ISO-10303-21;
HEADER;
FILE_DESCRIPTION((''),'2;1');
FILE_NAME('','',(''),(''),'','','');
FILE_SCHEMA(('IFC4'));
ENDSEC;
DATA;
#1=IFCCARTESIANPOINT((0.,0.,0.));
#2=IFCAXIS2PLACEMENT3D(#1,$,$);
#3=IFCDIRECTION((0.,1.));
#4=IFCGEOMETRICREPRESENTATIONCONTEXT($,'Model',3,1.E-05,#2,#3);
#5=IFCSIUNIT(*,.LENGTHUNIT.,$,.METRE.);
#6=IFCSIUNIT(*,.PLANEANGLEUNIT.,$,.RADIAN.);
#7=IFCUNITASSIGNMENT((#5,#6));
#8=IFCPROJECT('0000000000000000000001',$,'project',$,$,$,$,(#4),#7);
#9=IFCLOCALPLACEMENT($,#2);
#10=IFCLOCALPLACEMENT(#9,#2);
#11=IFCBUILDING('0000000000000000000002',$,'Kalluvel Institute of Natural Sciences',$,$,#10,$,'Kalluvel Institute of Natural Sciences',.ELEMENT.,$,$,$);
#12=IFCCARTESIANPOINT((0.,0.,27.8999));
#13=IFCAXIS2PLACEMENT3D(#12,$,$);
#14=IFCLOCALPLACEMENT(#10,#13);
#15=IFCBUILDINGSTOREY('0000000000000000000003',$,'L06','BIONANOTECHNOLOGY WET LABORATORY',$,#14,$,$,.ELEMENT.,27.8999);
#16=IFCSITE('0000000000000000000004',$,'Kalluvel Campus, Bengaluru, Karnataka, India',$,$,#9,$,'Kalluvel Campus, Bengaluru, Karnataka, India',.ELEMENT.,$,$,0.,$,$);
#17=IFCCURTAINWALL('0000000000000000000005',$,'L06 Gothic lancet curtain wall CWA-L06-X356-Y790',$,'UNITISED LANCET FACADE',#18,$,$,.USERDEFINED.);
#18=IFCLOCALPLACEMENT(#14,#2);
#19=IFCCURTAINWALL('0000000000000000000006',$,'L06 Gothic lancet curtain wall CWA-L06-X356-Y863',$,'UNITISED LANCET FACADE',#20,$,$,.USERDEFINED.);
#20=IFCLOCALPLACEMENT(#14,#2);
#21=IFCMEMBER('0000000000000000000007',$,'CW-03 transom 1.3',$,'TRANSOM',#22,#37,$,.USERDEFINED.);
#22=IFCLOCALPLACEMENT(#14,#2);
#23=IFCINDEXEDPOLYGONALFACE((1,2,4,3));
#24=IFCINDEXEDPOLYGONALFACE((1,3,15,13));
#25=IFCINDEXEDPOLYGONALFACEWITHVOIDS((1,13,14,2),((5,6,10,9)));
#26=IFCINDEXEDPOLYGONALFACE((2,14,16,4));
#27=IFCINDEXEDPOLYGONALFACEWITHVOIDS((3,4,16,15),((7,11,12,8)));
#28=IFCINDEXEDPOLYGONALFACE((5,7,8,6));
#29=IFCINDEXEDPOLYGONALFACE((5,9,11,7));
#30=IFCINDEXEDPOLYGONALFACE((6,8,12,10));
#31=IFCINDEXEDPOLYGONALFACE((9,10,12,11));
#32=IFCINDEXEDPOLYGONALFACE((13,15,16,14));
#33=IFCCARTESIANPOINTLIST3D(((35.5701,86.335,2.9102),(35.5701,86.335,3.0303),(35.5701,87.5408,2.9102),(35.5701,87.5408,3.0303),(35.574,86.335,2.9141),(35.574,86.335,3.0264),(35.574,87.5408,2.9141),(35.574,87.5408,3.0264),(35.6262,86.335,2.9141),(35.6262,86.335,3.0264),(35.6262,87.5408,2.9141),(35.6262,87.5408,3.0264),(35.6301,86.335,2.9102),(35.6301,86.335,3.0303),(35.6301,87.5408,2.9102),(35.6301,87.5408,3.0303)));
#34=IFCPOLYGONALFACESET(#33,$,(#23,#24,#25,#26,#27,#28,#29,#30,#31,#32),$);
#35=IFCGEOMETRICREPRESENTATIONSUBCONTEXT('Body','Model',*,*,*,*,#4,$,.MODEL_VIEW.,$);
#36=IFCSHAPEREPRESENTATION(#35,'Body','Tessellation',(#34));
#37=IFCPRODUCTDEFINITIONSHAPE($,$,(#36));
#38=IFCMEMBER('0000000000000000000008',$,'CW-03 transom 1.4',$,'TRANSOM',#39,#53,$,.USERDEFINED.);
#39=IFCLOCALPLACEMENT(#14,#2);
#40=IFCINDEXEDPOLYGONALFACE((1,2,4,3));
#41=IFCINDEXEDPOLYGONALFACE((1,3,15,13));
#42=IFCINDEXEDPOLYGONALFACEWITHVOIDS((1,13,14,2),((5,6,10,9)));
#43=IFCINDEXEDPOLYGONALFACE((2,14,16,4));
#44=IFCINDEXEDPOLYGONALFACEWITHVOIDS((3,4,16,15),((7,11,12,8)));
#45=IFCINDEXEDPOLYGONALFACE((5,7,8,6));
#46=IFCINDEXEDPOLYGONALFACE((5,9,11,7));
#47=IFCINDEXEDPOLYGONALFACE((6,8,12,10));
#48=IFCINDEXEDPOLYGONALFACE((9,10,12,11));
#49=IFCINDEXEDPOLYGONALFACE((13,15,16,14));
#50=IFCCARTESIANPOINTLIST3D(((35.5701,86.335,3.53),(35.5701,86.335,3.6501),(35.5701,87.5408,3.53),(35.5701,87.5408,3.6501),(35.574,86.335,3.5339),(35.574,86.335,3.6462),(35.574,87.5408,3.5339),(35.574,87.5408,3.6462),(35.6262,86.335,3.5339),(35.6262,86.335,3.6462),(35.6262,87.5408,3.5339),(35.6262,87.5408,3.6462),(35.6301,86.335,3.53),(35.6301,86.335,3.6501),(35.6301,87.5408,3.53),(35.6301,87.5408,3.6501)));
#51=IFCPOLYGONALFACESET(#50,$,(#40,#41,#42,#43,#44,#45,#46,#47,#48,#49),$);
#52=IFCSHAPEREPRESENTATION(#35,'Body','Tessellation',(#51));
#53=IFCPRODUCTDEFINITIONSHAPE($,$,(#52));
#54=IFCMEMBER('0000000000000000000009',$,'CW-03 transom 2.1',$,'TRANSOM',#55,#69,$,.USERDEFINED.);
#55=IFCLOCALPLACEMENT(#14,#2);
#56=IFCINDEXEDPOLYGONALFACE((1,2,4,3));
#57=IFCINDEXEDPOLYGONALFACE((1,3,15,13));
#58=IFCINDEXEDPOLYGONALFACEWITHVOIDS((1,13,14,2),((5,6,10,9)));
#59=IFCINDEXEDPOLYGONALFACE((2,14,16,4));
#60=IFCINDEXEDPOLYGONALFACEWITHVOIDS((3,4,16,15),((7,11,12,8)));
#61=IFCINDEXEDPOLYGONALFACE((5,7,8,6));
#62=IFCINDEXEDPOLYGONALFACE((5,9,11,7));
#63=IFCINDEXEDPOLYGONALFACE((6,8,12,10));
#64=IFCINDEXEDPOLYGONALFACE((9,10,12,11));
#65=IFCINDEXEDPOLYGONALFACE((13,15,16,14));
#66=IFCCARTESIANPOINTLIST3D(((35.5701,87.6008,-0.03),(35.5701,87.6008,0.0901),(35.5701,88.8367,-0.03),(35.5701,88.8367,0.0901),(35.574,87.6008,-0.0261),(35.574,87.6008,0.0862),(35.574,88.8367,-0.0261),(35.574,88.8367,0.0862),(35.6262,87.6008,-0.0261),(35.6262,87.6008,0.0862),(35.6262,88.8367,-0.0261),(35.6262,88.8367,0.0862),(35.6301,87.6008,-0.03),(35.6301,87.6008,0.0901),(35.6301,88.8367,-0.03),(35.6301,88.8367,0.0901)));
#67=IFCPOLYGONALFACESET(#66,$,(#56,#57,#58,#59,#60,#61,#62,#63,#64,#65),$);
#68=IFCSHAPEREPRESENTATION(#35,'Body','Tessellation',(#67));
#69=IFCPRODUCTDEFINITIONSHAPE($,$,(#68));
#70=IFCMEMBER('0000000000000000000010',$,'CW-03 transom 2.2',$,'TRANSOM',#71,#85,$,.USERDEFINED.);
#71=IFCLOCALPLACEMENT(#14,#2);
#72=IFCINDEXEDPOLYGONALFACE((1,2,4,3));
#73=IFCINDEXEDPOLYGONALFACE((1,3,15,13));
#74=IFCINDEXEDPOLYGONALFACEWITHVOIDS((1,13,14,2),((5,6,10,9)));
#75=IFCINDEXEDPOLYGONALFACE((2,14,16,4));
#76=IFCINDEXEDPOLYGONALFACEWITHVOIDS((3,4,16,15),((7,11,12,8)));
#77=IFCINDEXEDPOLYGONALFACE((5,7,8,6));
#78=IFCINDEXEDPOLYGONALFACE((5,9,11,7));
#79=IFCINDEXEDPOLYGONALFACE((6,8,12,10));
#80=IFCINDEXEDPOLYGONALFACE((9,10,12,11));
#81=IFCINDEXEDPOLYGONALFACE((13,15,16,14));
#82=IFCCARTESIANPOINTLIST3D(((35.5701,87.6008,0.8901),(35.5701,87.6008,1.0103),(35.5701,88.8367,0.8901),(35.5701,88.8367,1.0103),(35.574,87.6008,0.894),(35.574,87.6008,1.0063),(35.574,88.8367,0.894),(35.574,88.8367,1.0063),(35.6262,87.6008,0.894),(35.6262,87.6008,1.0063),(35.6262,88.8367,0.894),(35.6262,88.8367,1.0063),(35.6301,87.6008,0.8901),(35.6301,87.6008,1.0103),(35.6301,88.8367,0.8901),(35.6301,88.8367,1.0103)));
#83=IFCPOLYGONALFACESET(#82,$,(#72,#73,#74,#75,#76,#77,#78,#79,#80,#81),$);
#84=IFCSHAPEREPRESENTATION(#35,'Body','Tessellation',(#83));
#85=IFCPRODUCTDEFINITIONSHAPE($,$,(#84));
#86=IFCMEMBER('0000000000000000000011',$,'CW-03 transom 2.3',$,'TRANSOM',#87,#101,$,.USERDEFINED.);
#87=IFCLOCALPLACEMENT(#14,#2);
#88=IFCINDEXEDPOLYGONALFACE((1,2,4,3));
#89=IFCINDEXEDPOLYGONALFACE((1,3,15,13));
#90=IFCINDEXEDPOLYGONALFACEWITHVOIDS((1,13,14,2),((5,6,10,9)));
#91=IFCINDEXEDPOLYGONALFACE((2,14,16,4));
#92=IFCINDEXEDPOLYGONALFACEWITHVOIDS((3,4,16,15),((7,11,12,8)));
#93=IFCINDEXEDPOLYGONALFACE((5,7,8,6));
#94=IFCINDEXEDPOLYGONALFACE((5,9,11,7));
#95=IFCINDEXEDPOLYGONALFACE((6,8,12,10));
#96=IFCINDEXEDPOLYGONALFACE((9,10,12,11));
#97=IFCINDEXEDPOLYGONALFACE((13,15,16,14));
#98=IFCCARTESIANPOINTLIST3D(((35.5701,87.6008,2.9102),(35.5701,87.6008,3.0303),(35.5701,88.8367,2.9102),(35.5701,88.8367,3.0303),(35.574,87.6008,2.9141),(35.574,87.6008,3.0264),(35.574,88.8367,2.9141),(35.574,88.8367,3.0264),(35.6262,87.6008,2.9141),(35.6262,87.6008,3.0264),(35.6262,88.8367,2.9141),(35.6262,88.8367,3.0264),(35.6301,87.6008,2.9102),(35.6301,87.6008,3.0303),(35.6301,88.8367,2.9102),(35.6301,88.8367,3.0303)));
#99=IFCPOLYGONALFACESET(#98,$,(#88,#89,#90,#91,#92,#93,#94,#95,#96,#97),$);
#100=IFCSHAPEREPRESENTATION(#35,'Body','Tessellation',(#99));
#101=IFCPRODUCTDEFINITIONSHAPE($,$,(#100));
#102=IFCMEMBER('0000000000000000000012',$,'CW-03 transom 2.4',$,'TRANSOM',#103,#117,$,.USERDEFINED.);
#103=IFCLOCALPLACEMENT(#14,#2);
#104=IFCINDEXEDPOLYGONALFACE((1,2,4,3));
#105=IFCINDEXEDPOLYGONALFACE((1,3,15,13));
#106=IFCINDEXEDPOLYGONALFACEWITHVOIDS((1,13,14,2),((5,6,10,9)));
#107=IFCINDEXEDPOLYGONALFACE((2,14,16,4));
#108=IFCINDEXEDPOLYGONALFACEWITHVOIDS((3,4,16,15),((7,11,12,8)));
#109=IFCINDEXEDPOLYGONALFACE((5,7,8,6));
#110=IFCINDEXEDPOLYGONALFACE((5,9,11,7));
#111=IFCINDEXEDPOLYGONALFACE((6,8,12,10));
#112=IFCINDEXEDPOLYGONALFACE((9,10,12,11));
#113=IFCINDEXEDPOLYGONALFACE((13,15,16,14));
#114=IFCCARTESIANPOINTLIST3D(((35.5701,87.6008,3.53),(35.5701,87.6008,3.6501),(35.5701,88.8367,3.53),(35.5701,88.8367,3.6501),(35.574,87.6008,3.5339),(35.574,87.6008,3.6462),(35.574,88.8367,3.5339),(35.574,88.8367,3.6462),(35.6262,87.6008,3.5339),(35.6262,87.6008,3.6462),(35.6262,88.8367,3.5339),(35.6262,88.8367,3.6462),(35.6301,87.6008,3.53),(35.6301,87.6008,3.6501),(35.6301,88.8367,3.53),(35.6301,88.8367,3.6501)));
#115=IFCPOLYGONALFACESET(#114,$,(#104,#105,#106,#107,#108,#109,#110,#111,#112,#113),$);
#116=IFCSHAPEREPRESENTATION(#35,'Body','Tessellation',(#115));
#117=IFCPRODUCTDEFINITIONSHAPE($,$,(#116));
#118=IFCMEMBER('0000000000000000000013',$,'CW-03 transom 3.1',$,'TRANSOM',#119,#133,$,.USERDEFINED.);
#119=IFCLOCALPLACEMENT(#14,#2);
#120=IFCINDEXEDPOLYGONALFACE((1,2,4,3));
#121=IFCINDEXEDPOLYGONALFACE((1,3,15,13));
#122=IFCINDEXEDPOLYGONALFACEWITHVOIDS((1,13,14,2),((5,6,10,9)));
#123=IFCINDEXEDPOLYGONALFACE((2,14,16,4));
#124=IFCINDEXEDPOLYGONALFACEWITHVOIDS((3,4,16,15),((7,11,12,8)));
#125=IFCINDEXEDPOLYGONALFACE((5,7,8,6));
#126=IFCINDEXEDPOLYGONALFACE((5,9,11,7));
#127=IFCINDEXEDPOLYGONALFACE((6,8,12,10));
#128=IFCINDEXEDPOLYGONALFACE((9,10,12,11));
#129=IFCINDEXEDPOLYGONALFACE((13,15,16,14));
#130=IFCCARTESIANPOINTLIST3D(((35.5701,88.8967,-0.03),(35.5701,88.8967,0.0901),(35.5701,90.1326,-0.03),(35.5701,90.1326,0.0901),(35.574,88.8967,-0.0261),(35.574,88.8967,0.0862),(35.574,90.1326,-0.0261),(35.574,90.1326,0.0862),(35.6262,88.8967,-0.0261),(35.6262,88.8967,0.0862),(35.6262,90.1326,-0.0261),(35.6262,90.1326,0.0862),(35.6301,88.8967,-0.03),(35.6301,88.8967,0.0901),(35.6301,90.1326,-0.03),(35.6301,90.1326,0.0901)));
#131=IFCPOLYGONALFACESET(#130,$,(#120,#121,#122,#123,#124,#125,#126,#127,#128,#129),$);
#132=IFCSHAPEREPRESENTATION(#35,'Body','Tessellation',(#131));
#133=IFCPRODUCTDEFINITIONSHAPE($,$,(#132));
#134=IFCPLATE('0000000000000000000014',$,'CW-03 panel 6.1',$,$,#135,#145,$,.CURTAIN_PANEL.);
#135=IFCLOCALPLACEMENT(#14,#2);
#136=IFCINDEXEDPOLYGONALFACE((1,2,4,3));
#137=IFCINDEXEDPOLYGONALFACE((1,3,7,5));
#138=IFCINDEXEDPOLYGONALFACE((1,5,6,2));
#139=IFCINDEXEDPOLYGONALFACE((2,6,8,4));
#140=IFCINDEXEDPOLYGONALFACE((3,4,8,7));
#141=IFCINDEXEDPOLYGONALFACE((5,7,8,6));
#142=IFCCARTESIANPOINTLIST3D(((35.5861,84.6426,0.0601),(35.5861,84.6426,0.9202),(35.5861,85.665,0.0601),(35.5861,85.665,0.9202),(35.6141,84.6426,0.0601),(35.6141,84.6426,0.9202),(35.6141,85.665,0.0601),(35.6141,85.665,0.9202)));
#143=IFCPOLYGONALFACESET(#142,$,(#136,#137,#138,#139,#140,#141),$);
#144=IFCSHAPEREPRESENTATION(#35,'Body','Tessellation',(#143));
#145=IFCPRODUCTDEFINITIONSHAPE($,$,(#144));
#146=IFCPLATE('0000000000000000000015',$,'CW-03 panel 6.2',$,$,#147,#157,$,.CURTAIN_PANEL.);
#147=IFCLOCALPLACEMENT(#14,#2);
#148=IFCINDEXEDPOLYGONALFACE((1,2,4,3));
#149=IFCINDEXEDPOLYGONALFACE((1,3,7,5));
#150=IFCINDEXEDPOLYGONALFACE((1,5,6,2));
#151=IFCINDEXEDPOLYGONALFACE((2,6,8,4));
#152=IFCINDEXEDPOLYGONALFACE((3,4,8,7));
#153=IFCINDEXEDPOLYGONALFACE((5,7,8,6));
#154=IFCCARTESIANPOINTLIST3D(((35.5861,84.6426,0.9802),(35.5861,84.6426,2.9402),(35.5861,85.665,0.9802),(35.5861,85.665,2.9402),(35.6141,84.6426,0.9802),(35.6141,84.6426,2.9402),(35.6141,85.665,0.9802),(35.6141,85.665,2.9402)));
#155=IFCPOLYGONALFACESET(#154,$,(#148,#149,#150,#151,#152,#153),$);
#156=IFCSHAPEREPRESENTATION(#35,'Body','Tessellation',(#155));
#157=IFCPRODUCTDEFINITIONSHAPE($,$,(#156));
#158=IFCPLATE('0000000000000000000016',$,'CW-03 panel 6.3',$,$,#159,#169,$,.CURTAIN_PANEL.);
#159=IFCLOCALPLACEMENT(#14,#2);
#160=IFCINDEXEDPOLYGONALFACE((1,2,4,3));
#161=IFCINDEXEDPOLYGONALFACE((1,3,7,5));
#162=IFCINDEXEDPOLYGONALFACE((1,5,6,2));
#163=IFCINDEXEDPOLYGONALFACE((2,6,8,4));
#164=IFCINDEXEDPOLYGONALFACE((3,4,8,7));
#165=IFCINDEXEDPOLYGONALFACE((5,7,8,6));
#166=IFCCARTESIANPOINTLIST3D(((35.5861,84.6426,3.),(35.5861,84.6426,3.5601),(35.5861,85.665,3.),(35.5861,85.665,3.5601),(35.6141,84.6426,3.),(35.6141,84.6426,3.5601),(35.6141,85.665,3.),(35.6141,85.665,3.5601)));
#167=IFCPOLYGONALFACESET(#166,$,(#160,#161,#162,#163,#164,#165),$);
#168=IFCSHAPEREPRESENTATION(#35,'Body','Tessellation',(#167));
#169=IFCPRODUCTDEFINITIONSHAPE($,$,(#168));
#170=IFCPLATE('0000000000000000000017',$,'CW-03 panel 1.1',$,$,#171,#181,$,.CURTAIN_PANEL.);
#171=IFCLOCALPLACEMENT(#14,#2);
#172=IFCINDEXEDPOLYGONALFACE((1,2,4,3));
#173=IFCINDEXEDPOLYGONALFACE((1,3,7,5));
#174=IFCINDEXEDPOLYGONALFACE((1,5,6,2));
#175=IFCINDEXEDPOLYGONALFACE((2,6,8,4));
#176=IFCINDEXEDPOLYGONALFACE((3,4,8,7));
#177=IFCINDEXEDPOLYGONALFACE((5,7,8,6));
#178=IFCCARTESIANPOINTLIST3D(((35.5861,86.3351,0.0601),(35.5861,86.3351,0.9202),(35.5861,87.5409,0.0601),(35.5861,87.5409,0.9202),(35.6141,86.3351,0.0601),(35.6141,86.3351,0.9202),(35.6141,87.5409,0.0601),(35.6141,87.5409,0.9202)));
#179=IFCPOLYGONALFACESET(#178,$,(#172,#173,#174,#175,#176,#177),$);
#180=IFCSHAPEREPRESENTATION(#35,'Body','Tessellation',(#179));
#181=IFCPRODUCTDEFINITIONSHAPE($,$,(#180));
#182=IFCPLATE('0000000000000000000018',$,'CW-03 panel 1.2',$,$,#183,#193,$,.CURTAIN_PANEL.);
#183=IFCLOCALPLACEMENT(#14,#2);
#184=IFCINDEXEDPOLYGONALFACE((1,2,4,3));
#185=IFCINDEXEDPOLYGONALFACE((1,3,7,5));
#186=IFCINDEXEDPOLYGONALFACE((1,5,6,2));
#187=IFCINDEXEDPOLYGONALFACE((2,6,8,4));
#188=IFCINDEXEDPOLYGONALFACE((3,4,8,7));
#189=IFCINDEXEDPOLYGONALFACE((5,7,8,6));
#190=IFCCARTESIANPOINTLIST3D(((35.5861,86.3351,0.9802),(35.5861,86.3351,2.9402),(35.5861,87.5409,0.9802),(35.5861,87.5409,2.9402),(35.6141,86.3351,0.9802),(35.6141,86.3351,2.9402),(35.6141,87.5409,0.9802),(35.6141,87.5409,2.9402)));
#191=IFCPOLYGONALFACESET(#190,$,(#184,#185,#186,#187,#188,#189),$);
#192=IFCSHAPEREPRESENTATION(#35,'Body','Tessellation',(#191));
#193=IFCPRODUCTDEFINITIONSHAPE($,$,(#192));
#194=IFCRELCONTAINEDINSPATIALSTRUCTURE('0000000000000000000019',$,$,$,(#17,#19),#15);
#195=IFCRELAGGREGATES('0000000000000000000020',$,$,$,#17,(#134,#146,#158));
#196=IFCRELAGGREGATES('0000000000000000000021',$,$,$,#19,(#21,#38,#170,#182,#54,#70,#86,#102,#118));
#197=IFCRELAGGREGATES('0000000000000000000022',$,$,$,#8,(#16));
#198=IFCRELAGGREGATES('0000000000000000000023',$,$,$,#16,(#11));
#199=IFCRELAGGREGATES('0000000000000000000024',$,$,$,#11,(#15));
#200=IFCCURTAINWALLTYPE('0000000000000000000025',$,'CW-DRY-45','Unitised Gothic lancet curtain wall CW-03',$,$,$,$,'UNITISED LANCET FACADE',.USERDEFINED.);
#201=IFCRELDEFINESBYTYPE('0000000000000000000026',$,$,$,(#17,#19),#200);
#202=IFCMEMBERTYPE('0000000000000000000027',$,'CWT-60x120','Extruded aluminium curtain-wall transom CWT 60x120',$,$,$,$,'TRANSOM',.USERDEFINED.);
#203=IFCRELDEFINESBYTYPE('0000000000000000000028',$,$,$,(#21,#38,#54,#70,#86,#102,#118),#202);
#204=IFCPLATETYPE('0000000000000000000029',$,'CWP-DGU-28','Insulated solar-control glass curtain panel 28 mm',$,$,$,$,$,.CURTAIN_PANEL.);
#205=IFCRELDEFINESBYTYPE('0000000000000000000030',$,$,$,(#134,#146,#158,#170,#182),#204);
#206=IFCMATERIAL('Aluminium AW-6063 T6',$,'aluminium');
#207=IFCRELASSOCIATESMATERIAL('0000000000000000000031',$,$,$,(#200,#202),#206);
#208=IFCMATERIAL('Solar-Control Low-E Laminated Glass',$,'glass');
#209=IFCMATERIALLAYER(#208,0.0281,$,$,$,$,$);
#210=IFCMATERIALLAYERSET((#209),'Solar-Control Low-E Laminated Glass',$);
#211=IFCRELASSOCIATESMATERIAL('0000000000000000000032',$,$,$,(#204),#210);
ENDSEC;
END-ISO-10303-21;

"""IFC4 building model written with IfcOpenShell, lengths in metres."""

from ifc_helpers import new_model, si_unit, direction, frame, origin, origin_2d, place, context, subcontext, project, spatial, rectangle, hollow_rectangle, extrude, material, layer, layer_set, material_profile, profile_set, type_object, element, aggregate, save


model = new_model("IFC4")

# Units and contexts
model_context = context("Model", 3, precision=1e-05, world=origin(), true_north=direction((0.0, 1.0)))
body_context = subcontext(model_context, "Body", "Model", "MODEL_VIEW")
ifc_project = project(units=[si_unit("LENGTHUNIT", "METRE"), si_unit("PLANEANGLEUNIT", "RADIAN")], contexts=[model_context])

# Site, building, storey
site_placement = place(None, origin())
site = spatial("IfcSite", under=ifc_project, at=site_placement, Name="Kalluvel Campus, Bengaluru, Karnataka, India", LongName="Kalluvel Campus, Bengaluru, Karnataka, India", CompositionType="ELEMENT", RefElevation=0.0)
building_placement = place(site_placement, origin())
building = spatial("IfcBuilding", under=site, at=building_placement, Name="Kalluvel Institute of Natural Sciences", LongName="Kalluvel Institute of Natural Sciences", CompositionType="ELEMENT")
storey_placement = place(building_placement, frame((0.0, 0.0, 27.8999)))
storey = spatial("IfcBuildingStorey", under=building, at=storey_placement, Name="L06", Description="BIONANOTECHNOLOGY WET LABORATORY", CompositionType="ELEMENT", Elevation=27.8999)

# Curtain wall
ifc_material_1 = material(Name="Aluminium AW-6063 T6", Category="aluminium")
curtain_wall_type = type_object("IfcCurtainWallType", Name="CW-DRY-45", Description="Unitised Gothic lancet curtain wall CW-03", ElementType="UNITISED LANCET FACADE", PredefinedType="USERDEFINED", material=ifc_material_1)
curtain_wall_1_placement = place(storey_placement, origin())
curtain_wall_1 = element("IfcCurtainWall", 1, at=curtain_wall_1_placement, inside=storey, type_object=curtain_wall_type, Name="L06 Gothic lancet curtain wall CWA-L06-X356-Y790", ObjectType="UNITISED LANCET FACADE", PredefinedType="USERDEFINED")

# Curtain wall
curtain_wall_2_placement = place(storey_placement, origin())
curtain_wall_2 = element("IfcCurtainWall", 2, at=curtain_wall_2_placement, inside=storey, type_object=curtain_wall_type, Name="L06 Gothic lancet curtain wall CWA-L06-X356-Y863", ObjectType="UNITISED LANCET FACADE", PredefinedType="USERDEFINED")

# Members
ifc_material_profile_1 = material_profile(ifc_material_1, hollow_rectangle(XDim=0.0601, YDim=0.1201, WallThickness=0.0039, at=origin_2d()), Name="CWT 60x120")
ifc_profile_set_1 = profile_set([ifc_material_profile_1], Name="Aluminium AW-6063 T6")
member_type_1 = type_object("IfcMemberType", Name="CWT-60x120", Description="Extruded aluminium curtain-wall transom CWT 60x120", ElementType="TRANSOM", PredefinedType="USERDEFINED", material=ifc_profile_set_1)
member_1_placement = place(storey_placement, frame((35.6001, 86.335, 2.9702), z_axis=(0.0, 1.0, 0.0), x_axis=(-1.0, 0.0, 0.0)))
member_1 = element("IfcMember", 3, at=member_1_placement, type_object=member_type_1, Name="CW-03 transom 1.3", ObjectType="TRANSOM", PredefinedType="USERDEFINED", context=body_context, shape_type="SweptSolid", body=[
    extrude(hollow_rectangle(XDim=0.0601, YDim=0.1201, WallThickness=0.0039, at=origin_2d()), origin(), (0.0, 0.0, 1.0), 1.2058),
])
member_2_placement = place(storey_placement, frame((35.6001, 86.335, 3.5901), z_axis=(0.0, 1.0, 0.0), x_axis=(-1.0, 0.0, 0.0)))
member_2 = element("IfcMember", 4, at=member_2_placement, type_object=member_type_1, Name="CW-03 transom 1.4", ObjectType="TRANSOM", PredefinedType="USERDEFINED", context=body_context, shape_type="SweptSolid", body=[
    extrude(hollow_rectangle(XDim=0.0601, YDim=0.1201, WallThickness=0.0039, at=origin_2d()), origin(), (0.0, 0.0, 1.0), 1.2058),
])
member_3_placement = place(storey_placement, frame((35.6001, 87.6008, 0.03), z_axis=(0.0, 1.0, 0.0), x_axis=(-1.0, 0.0, 0.0)))
member_3 = element("IfcMember", 5, at=member_3_placement, type_object=member_type_1, Name="CW-03 transom 2.1", ObjectType="TRANSOM", PredefinedType="USERDEFINED", context=body_context, shape_type="SweptSolid", body=[
    extrude(hollow_rectangle(XDim=0.0601, YDim=0.1201, WallThickness=0.0039, at=origin_2d()), origin(), (0.0, 0.0, 1.0), 1.2358),
])
member_4_placement = place(storey_placement, frame((35.6001, 87.6008, 0.9502), z_axis=(0.0, 1.0, 0.0), x_axis=(-1.0, 0.0, 0.0)))
member_4 = element("IfcMember", 6, at=member_4_placement, type_object=member_type_1, Name="CW-03 transom 2.2", ObjectType="TRANSOM", PredefinedType="USERDEFINED", context=body_context, shape_type="SweptSolid", body=[
    extrude(hollow_rectangle(XDim=0.0601, YDim=0.1201, WallThickness=0.0039, at=origin_2d()), origin(), (0.0, 0.0, 1.0), 1.2358),
])
member_5_placement = place(storey_placement, frame((35.6001, 87.6008, 2.9702), z_axis=(0.0, 1.0, 0.0), x_axis=(-1.0, 0.0, 0.0)))
member_5 = element("IfcMember", 7, at=member_5_placement, type_object=member_type_1, Name="CW-03 transom 2.3", ObjectType="TRANSOM", PredefinedType="USERDEFINED", context=body_context, shape_type="SweptSolid", body=[
    extrude(hollow_rectangle(XDim=0.0601, YDim=0.1201, WallThickness=0.0039, at=origin_2d()), origin(), (0.0, 0.0, 1.0), 1.2358),
])
member_6_placement = place(storey_placement, frame((35.6001, 87.6008, 3.5901), z_axis=(0.0, 1.0, 0.0), x_axis=(-1.0, 0.0, 0.0)))
member_6 = element("IfcMember", 8, at=member_6_placement, type_object=member_type_1, Name="CW-03 transom 2.4", ObjectType="TRANSOM", PredefinedType="USERDEFINED", context=body_context, shape_type="SweptSolid", body=[
    extrude(hollow_rectangle(XDim=0.0601, YDim=0.1201, WallThickness=0.0039, at=origin_2d()), origin(), (0.0, 0.0, 1.0), 1.2358),
])
member_7_placement = place(storey_placement, frame((35.6001, 88.8967, 0.03), z_axis=(0.0, 1.0, 0.0), x_axis=(-1.0, 0.0, 0.0)))
member_7 = element("IfcMember", 9, at=member_7_placement, type_object=member_type_1, Name="CW-03 transom 3.1", ObjectType="TRANSOM", PredefinedType="USERDEFINED", context=body_context, shape_type="SweptSolid", body=[
    extrude(hollow_rectangle(XDim=0.0601, YDim=0.1201, WallThickness=0.0039, at=origin_2d()), origin(), (0.0, 0.0, 1.0), 1.2358),
])

# Plates
ifc_material_2 = material(Name="Solar-Control Low-E Laminated Glass", Category="glass")
ifc_layer = layer(ifc_material_2, 0.0281)
ifc_layer_set = layer_set([ifc_layer], Name="Solar-Control Low-E Laminated Glass")
plate_type = type_object("IfcPlateType", Name="CWP-DGU-28", Description="Insulated solar-control glass curtain panel 28 mm", PredefinedType="CURTAIN_PANEL", material=ifc_layer_set)
plate_1_placement = place(storey_placement, frame((35.6001, 85.1538, 0.0601), z_axis=(0.0, 0.0, 1.0), x_axis=(0.0, 1.0, 0.0)))
plate_1 = element("IfcPlate", 10, at=plate_1_placement, type_object=plate_type, Name="CW-03 panel 6.1", PredefinedType="CURTAIN_PANEL", context=body_context, shape_type="SweptSolid", body=[
    extrude(rectangle(XDim=1.0225, YDim=0.0281, at=origin_2d()), origin(), (0.0, 0.0, 1.0), 0.8601),
])
plate_2_placement = place(storey_placement, frame((35.6001, 85.1538, 0.9802), z_axis=(0.0, 0.0, 1.0), x_axis=(0.0, 1.0, 0.0)))
plate_2 = element("IfcPlate", 11, at=plate_2_placement, type_object=plate_type, Name="CW-03 panel 6.2", PredefinedType="CURTAIN_PANEL", context=body_context, shape_type="SweptSolid", body=[
    extrude(rectangle(XDim=1.0225, YDim=0.0281, at=origin_2d()), origin(), (0.0, 0.0, 1.0), 1.96),
])
plate_3_placement = place(storey_placement, frame((35.6001, 85.1538, 3.0), z_axis=(0.0, 0.0, 1.0), x_axis=(0.0, 1.0, 0.0)))
plate_3 = element("IfcPlate", 12, at=plate_3_placement, type_object=plate_type, Name="CW-03 panel 6.3", PredefinedType="CURTAIN_PANEL", context=body_context, shape_type="SweptSolid", body=[
    extrude(rectangle(XDim=1.0225, YDim=0.0281, at=origin_2d()), origin(), (0.0, 0.0, 1.0), 0.5601),
])
aggregate(curtain_wall_1, [plate_1, plate_2, plate_3])
plate_4_placement = place(storey_placement, frame((35.6001, 86.938, 0.0601), z_axis=(0.0, 0.0, 1.0), x_axis=(0.0, 1.0, 0.0)))
plate_4 = element("IfcPlate", 13, at=plate_4_placement, type_object=plate_type, Name="CW-03 panel 1.1", PredefinedType="CURTAIN_PANEL", context=body_context, shape_type="SweptSolid", body=[
    extrude(rectangle(XDim=1.2058, YDim=0.0281, at=origin_2d()), origin(), (0.0, 0.0, 1.0), 0.8601),
])
plate_5_placement = place(storey_placement, frame((35.6001, 86.938, 0.9802), z_axis=(0.0, 0.0, 1.0), x_axis=(0.0, 1.0, 0.0)))
plate_5 = element("IfcPlate", 14, at=plate_5_placement, type_object=plate_type, Name="CW-03 panel 1.2", PredefinedType="CURTAIN_PANEL", context=body_context, shape_type="SweptSolid", body=[
    extrude(rectangle(XDim=1.2058, YDim=0.0281, at=origin_2d()), origin(), (0.0, 0.0, 1.0), 1.96),
])
aggregate(curtain_wall_2, [member_1, member_2, plate_4, plate_5, member_3, member_4, member_5, member_6, member_7])

save(model, "model.ifc")
